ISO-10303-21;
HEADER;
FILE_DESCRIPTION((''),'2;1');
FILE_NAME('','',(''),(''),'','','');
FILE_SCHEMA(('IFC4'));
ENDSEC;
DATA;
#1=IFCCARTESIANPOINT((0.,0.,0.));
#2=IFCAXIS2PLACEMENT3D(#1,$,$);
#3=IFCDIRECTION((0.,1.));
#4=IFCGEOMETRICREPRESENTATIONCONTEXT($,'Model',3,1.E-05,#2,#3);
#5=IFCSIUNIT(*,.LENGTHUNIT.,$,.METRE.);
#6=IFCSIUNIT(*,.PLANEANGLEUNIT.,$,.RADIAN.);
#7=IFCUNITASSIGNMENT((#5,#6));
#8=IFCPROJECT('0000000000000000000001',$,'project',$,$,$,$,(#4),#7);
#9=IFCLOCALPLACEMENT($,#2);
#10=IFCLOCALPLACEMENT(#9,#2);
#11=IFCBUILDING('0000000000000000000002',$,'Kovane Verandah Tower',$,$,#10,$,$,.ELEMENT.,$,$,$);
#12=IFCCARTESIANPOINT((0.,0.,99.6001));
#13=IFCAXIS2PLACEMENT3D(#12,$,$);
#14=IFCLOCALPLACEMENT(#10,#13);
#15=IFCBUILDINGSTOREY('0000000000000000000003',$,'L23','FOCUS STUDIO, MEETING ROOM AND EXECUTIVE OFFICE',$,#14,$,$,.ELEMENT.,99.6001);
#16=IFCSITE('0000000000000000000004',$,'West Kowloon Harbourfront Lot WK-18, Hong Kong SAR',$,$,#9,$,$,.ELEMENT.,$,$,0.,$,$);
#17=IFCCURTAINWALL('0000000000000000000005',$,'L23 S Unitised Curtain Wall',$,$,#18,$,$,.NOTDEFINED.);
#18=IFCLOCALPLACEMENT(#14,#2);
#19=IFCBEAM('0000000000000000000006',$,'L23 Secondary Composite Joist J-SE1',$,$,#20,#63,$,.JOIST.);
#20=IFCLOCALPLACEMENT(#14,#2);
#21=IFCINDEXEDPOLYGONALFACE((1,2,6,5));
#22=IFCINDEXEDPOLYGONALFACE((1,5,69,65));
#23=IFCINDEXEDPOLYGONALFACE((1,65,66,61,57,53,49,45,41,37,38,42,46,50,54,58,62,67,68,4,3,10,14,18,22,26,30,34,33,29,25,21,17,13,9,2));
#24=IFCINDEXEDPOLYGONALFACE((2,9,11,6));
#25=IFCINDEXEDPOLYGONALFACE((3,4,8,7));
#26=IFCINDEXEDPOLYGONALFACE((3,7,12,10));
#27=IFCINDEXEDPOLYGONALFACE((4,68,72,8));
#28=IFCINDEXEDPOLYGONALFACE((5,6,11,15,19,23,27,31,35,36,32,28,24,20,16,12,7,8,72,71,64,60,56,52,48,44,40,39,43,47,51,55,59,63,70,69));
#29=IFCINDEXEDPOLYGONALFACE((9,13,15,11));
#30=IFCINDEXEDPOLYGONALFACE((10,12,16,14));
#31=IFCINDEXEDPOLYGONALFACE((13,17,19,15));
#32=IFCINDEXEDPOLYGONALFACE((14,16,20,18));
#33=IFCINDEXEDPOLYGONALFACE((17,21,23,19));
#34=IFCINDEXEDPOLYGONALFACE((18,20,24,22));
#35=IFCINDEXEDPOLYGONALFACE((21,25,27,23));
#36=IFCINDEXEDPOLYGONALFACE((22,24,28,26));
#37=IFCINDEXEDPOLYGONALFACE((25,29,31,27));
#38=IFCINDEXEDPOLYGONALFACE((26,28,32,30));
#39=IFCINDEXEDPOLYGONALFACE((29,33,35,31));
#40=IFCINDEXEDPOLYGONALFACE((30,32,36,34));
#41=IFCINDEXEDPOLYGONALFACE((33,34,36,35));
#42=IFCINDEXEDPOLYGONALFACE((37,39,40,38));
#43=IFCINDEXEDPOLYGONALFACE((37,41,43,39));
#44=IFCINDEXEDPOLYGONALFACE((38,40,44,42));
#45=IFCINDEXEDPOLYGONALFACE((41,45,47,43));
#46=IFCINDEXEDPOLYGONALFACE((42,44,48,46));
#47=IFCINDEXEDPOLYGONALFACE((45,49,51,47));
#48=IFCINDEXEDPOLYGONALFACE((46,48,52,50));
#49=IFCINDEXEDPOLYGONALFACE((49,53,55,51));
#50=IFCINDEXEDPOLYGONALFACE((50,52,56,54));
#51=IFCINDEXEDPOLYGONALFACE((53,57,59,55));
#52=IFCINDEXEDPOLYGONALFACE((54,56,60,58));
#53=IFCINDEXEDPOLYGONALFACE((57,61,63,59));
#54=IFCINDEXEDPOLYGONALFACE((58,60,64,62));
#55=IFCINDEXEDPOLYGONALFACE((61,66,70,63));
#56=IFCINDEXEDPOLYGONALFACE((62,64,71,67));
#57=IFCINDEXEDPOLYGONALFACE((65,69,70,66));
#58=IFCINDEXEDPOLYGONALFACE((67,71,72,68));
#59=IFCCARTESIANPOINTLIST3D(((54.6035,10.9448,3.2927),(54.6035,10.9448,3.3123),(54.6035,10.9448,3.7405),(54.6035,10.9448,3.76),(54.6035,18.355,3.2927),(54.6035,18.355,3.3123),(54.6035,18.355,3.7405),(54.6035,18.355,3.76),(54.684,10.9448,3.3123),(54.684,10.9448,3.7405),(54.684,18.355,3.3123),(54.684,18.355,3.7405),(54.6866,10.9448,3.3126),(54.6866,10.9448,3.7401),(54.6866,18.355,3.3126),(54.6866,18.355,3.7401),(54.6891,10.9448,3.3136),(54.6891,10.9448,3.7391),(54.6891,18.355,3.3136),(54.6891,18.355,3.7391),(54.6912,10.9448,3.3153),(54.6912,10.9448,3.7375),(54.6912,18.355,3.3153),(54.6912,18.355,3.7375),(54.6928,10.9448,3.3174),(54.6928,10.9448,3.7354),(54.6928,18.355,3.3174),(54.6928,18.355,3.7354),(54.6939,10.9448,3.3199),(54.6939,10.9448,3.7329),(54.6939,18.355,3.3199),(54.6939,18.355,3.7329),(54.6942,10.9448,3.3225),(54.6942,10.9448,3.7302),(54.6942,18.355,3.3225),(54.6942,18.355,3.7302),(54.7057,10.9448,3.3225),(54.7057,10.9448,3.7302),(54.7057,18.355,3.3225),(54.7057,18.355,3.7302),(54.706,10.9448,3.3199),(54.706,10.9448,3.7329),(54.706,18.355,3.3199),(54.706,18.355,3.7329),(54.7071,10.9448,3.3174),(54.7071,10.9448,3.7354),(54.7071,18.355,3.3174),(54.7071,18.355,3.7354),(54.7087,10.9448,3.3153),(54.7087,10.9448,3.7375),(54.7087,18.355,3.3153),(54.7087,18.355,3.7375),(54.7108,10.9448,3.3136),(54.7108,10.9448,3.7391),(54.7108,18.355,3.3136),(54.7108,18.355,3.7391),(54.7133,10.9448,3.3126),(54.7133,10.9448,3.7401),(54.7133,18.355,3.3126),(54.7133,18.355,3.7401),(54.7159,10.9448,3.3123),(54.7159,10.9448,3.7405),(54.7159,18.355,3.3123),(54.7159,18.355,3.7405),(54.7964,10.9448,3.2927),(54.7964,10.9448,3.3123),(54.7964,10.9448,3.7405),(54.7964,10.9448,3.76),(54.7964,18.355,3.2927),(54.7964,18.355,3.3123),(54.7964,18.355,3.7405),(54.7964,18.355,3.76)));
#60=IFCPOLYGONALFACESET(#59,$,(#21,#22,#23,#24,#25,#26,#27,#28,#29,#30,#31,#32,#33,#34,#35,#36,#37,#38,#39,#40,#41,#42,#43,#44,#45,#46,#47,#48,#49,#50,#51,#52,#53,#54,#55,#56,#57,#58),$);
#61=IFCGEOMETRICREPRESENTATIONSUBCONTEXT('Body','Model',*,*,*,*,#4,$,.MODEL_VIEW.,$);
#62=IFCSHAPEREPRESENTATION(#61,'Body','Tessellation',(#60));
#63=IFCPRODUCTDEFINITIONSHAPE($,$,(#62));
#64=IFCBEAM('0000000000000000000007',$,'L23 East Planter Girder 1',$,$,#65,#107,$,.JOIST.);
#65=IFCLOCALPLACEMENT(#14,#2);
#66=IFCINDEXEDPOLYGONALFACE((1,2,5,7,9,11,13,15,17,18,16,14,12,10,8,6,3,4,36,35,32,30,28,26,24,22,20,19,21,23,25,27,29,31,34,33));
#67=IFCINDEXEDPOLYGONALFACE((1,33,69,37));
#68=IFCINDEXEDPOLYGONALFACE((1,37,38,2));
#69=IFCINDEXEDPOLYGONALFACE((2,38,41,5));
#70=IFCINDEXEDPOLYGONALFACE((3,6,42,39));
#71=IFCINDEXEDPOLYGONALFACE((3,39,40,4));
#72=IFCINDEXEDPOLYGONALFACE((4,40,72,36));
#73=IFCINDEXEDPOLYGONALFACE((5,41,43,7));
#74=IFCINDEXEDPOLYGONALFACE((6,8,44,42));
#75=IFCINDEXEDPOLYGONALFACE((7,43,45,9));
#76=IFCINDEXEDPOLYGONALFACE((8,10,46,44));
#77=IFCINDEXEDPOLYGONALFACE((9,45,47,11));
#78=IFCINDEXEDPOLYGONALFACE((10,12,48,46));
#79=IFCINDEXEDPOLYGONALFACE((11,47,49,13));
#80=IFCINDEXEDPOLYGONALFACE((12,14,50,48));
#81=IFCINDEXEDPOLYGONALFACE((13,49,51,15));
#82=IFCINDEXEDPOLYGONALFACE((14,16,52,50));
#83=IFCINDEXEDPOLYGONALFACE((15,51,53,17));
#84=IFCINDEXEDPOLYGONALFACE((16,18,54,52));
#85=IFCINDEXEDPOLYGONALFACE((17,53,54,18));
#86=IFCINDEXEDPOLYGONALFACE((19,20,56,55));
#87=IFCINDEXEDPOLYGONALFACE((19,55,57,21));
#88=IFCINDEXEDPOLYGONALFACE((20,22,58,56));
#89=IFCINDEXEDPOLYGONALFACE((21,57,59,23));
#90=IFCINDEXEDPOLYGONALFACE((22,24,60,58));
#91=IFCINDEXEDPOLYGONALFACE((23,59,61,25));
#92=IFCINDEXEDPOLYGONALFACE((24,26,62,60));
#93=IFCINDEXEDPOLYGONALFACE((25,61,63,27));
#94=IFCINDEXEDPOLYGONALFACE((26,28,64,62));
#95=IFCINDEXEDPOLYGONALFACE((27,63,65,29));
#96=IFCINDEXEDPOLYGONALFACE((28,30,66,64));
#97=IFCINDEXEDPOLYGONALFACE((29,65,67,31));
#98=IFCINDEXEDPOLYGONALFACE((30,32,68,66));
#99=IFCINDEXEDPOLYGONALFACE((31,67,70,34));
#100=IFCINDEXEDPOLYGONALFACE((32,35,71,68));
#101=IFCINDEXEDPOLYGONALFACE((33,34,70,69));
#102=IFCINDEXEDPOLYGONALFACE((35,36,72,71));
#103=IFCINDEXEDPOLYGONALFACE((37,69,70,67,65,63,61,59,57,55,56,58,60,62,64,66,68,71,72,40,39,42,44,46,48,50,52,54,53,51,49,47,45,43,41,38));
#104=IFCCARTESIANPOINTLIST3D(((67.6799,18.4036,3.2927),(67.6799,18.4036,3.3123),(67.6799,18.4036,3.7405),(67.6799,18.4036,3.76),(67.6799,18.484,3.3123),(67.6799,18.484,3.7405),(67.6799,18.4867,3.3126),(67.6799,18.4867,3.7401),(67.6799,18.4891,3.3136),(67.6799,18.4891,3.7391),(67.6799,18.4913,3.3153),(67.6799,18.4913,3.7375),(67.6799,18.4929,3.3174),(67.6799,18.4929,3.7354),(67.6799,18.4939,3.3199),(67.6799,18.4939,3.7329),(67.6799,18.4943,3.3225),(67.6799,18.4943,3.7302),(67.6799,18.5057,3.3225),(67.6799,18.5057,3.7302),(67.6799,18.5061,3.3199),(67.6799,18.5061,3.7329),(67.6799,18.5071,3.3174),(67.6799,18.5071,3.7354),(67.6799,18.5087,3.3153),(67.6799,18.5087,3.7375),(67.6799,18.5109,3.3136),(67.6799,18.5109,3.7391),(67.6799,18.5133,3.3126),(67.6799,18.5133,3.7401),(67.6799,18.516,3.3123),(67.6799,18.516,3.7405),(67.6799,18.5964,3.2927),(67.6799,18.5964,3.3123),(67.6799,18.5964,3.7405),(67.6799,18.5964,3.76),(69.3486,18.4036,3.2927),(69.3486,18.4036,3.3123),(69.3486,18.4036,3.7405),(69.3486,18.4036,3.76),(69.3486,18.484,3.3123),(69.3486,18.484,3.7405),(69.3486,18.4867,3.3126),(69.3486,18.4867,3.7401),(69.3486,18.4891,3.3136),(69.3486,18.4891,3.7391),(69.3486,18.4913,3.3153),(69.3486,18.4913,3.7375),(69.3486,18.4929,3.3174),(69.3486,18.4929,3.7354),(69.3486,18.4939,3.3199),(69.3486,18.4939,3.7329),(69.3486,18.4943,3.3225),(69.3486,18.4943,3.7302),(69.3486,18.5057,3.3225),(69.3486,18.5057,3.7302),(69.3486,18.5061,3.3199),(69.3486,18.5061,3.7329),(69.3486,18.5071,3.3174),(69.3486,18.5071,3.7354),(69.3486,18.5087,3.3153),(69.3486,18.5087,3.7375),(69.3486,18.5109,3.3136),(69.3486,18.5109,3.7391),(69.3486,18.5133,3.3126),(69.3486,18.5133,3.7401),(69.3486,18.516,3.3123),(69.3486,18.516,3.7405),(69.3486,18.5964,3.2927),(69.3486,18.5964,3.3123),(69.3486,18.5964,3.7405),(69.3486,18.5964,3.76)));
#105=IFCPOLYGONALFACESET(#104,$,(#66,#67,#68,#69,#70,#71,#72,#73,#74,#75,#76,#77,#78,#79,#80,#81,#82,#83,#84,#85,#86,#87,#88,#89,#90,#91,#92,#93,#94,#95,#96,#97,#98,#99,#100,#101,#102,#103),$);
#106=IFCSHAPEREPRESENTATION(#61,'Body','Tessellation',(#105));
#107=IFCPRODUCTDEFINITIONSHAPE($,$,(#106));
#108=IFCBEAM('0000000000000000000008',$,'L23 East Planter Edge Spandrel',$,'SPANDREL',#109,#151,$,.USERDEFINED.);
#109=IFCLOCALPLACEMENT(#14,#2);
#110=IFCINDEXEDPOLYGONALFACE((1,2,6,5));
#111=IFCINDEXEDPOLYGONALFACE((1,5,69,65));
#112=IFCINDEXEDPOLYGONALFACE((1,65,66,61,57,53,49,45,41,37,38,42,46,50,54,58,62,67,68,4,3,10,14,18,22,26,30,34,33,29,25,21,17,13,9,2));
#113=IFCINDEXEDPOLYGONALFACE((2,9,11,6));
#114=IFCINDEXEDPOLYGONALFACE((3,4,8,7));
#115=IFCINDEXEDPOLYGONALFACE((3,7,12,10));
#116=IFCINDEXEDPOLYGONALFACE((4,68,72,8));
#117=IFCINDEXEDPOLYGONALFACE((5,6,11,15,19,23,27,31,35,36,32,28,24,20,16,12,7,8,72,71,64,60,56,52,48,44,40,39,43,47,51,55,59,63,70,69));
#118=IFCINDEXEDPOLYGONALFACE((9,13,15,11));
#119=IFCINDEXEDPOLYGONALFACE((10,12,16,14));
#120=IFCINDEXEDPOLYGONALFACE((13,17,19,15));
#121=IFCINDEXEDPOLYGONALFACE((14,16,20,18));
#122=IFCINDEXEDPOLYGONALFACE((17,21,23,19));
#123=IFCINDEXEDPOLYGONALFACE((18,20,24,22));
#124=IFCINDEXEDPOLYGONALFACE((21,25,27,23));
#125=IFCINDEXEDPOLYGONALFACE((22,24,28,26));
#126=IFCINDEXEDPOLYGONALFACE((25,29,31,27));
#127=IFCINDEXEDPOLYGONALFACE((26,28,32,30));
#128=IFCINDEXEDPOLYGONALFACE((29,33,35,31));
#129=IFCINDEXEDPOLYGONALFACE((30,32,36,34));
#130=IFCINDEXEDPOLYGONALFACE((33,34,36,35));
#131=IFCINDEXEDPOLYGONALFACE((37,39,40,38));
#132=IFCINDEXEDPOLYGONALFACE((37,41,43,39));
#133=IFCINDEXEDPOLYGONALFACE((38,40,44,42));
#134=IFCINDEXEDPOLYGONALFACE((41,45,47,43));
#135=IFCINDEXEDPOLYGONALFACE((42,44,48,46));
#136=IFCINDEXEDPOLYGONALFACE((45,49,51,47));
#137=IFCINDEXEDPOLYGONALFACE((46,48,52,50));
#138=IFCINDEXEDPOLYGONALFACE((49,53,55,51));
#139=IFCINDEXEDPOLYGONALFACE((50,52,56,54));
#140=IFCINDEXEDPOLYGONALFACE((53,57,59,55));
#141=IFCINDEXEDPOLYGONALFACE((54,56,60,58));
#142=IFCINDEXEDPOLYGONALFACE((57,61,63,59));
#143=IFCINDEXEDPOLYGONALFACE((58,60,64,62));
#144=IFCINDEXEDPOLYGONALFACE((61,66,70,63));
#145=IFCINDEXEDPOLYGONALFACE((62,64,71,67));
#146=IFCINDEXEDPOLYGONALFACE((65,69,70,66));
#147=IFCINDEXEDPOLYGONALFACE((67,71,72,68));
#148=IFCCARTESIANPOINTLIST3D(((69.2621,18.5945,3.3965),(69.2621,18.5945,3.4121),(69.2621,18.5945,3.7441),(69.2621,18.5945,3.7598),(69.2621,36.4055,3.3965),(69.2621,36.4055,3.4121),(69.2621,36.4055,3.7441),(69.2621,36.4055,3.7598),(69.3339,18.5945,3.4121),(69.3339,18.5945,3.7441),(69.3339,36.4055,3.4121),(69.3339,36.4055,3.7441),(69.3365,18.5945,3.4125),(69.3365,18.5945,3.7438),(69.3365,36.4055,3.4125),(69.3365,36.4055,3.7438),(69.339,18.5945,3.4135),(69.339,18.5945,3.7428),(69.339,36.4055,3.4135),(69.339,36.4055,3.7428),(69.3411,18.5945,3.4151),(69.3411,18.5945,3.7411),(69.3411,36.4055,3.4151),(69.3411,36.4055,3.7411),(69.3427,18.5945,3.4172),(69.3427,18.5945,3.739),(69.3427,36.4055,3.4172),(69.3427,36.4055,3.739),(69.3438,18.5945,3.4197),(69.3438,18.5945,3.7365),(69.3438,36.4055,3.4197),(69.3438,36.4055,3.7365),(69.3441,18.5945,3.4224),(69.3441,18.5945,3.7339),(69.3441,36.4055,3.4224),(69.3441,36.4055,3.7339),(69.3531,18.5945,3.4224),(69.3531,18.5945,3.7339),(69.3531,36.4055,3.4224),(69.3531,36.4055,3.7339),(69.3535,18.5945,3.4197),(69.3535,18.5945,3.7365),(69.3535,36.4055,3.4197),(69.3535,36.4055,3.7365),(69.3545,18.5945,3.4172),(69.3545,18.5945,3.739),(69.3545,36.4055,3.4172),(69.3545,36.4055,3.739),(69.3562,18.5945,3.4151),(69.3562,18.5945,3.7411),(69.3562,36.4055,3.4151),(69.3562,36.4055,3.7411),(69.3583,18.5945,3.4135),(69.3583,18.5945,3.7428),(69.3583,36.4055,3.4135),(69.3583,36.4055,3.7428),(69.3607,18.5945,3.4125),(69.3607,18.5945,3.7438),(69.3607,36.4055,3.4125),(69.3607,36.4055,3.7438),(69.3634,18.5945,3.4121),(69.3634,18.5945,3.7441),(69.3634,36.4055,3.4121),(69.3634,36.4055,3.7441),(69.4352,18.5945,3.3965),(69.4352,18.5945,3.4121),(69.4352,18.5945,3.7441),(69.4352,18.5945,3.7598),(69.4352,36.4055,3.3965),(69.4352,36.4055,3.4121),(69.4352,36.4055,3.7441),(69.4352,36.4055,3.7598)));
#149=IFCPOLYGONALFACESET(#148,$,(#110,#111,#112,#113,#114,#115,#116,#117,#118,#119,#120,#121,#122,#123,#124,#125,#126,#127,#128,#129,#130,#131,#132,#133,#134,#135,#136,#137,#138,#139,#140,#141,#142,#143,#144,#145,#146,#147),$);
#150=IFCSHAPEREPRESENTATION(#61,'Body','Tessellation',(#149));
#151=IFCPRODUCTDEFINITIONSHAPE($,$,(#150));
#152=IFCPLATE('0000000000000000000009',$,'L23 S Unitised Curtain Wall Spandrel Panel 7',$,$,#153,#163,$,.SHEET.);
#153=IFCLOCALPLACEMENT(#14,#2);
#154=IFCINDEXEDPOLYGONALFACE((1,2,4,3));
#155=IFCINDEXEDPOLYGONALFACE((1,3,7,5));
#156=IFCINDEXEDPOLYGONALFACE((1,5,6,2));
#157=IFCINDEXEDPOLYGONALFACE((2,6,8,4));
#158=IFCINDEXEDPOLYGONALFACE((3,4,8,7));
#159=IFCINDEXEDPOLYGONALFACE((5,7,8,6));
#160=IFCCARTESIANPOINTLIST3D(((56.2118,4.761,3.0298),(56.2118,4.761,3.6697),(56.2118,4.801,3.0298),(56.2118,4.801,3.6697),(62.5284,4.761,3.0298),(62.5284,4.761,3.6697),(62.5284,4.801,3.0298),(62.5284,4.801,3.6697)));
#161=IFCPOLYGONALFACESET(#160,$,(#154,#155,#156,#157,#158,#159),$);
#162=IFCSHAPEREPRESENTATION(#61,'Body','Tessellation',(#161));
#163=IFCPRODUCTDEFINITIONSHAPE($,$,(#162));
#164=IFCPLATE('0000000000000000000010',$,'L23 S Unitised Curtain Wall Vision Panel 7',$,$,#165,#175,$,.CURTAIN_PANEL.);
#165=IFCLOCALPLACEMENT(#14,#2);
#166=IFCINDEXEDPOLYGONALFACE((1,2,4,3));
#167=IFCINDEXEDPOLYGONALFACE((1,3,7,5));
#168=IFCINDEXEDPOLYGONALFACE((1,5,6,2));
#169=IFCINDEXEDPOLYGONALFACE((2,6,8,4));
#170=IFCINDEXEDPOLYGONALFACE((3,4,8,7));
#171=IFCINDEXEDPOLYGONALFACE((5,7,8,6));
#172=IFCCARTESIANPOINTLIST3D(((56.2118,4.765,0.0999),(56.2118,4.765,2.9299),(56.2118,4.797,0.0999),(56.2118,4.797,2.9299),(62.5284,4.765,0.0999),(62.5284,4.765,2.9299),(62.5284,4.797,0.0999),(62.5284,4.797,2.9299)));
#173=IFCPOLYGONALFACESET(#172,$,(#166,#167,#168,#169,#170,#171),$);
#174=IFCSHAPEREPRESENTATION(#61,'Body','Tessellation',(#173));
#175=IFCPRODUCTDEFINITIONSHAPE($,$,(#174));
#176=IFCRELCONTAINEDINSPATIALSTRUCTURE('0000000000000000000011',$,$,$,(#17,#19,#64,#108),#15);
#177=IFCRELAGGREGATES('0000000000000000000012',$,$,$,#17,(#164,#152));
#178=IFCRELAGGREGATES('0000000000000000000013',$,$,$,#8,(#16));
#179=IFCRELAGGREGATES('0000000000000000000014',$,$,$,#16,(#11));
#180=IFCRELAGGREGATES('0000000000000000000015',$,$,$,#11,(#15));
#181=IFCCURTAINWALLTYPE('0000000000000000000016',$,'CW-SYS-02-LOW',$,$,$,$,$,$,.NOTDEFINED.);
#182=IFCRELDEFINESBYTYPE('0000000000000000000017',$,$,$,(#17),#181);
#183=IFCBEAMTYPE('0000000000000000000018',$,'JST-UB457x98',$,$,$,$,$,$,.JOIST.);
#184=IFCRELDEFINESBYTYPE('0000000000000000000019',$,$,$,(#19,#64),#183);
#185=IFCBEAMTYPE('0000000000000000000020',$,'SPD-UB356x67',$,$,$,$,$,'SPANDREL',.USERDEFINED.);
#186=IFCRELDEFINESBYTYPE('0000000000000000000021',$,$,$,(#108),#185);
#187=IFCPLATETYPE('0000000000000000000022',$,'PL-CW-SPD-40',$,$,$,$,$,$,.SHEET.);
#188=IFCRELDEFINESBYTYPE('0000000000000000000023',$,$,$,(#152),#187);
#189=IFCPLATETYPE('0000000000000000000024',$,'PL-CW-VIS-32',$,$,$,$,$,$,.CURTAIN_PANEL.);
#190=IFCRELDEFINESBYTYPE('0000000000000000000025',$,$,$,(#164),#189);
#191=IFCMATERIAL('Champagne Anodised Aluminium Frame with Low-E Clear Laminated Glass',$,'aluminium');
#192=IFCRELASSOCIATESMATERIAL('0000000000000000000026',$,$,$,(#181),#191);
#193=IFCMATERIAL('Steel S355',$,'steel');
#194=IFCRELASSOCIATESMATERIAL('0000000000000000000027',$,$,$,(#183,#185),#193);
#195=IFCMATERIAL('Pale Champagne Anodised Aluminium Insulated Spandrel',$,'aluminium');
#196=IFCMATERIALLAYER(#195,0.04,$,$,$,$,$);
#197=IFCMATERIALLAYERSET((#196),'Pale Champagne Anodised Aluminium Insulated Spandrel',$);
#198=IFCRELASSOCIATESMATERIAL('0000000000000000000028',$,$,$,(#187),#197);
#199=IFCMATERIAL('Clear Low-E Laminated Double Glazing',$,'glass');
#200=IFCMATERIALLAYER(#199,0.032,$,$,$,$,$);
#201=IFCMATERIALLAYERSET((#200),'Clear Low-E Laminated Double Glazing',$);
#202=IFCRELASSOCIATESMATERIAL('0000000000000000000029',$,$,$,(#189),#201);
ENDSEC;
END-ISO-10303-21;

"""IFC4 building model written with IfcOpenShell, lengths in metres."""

from ifc_helpers import new_model, si_unit, direction, frame, origin, origin_2d, place, context, subcontext, project, spatial, rectangle, i_section, extrude, material, layer, layer_set, material_profile, profile_set, type_object, element, aggregate, save


model = new_model("IFC4")

# Units and contexts
model_context = context("Model", 3, precision=1e-05, world=origin(), true_north=direction((0.0, 1.0)))
body_context = subcontext(model_context, "Body", "Model", "MODEL_VIEW")
ifc_project = project(units=[si_unit("LENGTHUNIT", "METRE"), si_unit("PLANEANGLEUNIT", "RADIAN")], contexts=[model_context])

# Site, building, storey
site_placement = place(None, origin())
site = spatial("IfcSite", under=ifc_project, at=site_placement, Name="West Kowloon Harbourfront Lot WK-18, Hong Kong SAR", CompositionType="ELEMENT", RefElevation=0.0)
building_placement = place(site_placement, origin())
building = spatial("IfcBuilding", under=site, at=building_placement, Name="Kovane Verandah Tower", CompositionType="ELEMENT")
storey_placement = place(building_placement, frame((0.0, 0.0, 99.6001)))
storey = spatial("IfcBuildingStorey", under=building, at=storey_placement, Name="L23", Description="FOCUS STUDIO, MEETING ROOM AND EXECUTIVE OFFICE", CompositionType="ELEMENT", Elevation=99.6001)

# Shared definitions
ifc_material_1 = material(Name="Steel S355", Category="steel")

# Curtain wall
ifc_material_2 = material(Name="Champagne Anodised Aluminium Frame with Low-E Clear Laminated Glass", Category="aluminium")
curtain_wall_type = type_object("IfcCurtainWallType", Name="CW-SYS-02-LOW", PredefinedType="NOTDEFINED", material=ifc_material_2)
curtain_wall_placement = place(storey_placement, origin())
curtain_wall = element("IfcCurtainWall", 1, at=curtain_wall_placement, inside=storey, type_object=curtain_wall_type, Name="L23 S Unitised Curtain Wall", PredefinedType="NOTDEFINED")

# Beams
ifc_material_profile_1 = material_profile(ifc_material_1, i_section(OverallWidth=0.1929, OverallDepth=0.4673, WebThickness=0.0115, FlangeThickness=0.0195, FilletRadius=0.0103, at=origin_2d()), Name="UB457x191x98")
ifc_profile_set_1 = profile_set([ifc_material_profile_1], Name="Steel S355")
beam_type_1 = type_object("IfcBeamType", Name="JST-UB457x98", PredefinedType="JOIST", material=ifc_profile_set_1)
beam_1_placement = place(storey_placement, frame((54.7, 10.9448, 3.5264), z_axis=(0.0, 1.0, 0.0), x_axis=(-1.0, 0.0, 0.0)))
element("IfcBeam", 2, at=beam_1_placement, inside=storey, type_object=beam_type_1, Name="L23 Secondary Composite Joist J-SE1", PredefinedType="JOIST", context=body_context, shape_type="SweptSolid", body=[
    extrude(i_section(OverallWidth=0.1929, OverallDepth=0.4673, WebThickness=0.0115, FlangeThickness=0.0195, FilletRadius=0.0103, at=origin_2d()), origin(), (0.0, 0.0, 1.0), 7.4102),
])
beam_2_placement = place(storey_placement, frame((67.6799, 18.5, 3.5264), z_axis=(1.0, 0.0, 0.0), x_axis=(0.0, 1.0, 0.0)))
element("IfcBeam", 3, at=beam_2_placement, inside=storey, type_object=beam_type_1, Name="L23 East Planter Girder 1", PredefinedType="JOIST", context=body_context, shape_type="SweptSolid", body=[
    extrude(i_section(OverallWidth=0.1929, OverallDepth=0.4673, WebThickness=0.0115, FlangeThickness=0.0195, FilletRadius=0.0103, at=origin_2d()), origin(), (0.0, 0.0, 1.0), 1.6687),
])
ifc_material_profile_2 = material_profile(ifc_material_1, i_section(OverallWidth=0.1731, OverallDepth=0.3633, WebThickness=0.009, FlangeThickness=0.0156, FilletRadius=0.0103, at=origin_2d()), Name="UB356x171x67")
ifc_profile_set_2 = profile_set([ifc_material_profile_2], Name="Steel S355")
beam_type_2 = type_object("IfcBeamType", Name="SPD-UB356x67", ElementType="SPANDREL", PredefinedType="USERDEFINED", material=ifc_profile_set_2)
beam_3_placement = place(storey_placement, frame((69.3486, 18.5945, 3.5781), z_axis=(0.0, 1.0, 0.0), x_axis=(-1.0, 0.0, 0.0)))
element("IfcBeam", 4, at=beam_3_placement, inside=storey, type_object=beam_type_2, Name="L23 East Planter Edge Spandrel", ObjectType="SPANDREL", PredefinedType="USERDEFINED", context=body_context, shape_type="SweptSolid", body=[
    extrude(i_section(OverallWidth=0.1731, OverallDepth=0.3633, WebThickness=0.009, FlangeThickness=0.0156, FilletRadius=0.0103, at=origin_2d()), origin(), (0.0, 0.0, 1.0), 17.811),
])

# Plates
ifc_material_3 = material(Name="Pale Champagne Anodised Aluminium Insulated Spandrel", Category="aluminium")
ifc_layer_1 = layer(ifc_material_3, 0.04)
ifc_layer_set_1 = layer_set([ifc_layer_1], Name="Pale Champagne Anodised Aluminium Insulated Spandrel")
plate_type_1 = type_object("IfcPlateType", Name="PL-CW-SPD-40", PredefinedType="SHEET", material=ifc_layer_set_1)
plate_1_placement = place(storey_placement, frame((59.3701, 4.781, 3.0298), z_axis=(0.0, 0.0, 1.0), x_axis=(1.0, 0.0, 0.0)))
plate_1 = element("IfcPlate", 5, at=plate_1_placement, type_object=plate_type_1, Name="L23 S Unitised Curtain Wall Spandrel Panel 7", PredefinedType="SHEET", context=body_context, shape_type="SweptSolid", body=[
    extrude(rectangle(XDim=6.3167, YDim=0.04, at=origin_2d()), origin(), (0.0, 0.0, 1.0), 0.6399),
])
ifc_material_4 = material(Name="Clear Low-E Laminated Double Glazing", Category="glass")
ifc_layer_2 = layer(ifc_material_4, 0.032)
ifc_layer_set_2 = layer_set([ifc_layer_2], Name="Clear Low-E Laminated Double Glazing")
plate_type_2 = type_object("IfcPlateType", Name="PL-CW-VIS-32", PredefinedType="CURTAIN_PANEL", material=ifc_layer_set_2)
plate_2_placement = place(storey_placement, frame((59.3701, 4.781, 0.0999), z_axis=(0.0, 0.0, 1.0), x_axis=(1.0, 0.0, 0.0)))
plate_2 = element("IfcPlate", 6, at=plate_2_placement, type_object=plate_type_2, Name="L23 S Unitised Curtain Wall Vision Panel 7", PredefinedType="CURTAIN_PANEL", context=body_context, shape_type="SweptSolid", body=[
    extrude(rectangle(XDim=6.3167, YDim=0.032, at=origin_2d()), origin(), (0.0, 0.0, 1.0), 2.8301),
])
aggregate(curtain_wall, [plate_2, plate_1])

save(model, "model.ifc")
